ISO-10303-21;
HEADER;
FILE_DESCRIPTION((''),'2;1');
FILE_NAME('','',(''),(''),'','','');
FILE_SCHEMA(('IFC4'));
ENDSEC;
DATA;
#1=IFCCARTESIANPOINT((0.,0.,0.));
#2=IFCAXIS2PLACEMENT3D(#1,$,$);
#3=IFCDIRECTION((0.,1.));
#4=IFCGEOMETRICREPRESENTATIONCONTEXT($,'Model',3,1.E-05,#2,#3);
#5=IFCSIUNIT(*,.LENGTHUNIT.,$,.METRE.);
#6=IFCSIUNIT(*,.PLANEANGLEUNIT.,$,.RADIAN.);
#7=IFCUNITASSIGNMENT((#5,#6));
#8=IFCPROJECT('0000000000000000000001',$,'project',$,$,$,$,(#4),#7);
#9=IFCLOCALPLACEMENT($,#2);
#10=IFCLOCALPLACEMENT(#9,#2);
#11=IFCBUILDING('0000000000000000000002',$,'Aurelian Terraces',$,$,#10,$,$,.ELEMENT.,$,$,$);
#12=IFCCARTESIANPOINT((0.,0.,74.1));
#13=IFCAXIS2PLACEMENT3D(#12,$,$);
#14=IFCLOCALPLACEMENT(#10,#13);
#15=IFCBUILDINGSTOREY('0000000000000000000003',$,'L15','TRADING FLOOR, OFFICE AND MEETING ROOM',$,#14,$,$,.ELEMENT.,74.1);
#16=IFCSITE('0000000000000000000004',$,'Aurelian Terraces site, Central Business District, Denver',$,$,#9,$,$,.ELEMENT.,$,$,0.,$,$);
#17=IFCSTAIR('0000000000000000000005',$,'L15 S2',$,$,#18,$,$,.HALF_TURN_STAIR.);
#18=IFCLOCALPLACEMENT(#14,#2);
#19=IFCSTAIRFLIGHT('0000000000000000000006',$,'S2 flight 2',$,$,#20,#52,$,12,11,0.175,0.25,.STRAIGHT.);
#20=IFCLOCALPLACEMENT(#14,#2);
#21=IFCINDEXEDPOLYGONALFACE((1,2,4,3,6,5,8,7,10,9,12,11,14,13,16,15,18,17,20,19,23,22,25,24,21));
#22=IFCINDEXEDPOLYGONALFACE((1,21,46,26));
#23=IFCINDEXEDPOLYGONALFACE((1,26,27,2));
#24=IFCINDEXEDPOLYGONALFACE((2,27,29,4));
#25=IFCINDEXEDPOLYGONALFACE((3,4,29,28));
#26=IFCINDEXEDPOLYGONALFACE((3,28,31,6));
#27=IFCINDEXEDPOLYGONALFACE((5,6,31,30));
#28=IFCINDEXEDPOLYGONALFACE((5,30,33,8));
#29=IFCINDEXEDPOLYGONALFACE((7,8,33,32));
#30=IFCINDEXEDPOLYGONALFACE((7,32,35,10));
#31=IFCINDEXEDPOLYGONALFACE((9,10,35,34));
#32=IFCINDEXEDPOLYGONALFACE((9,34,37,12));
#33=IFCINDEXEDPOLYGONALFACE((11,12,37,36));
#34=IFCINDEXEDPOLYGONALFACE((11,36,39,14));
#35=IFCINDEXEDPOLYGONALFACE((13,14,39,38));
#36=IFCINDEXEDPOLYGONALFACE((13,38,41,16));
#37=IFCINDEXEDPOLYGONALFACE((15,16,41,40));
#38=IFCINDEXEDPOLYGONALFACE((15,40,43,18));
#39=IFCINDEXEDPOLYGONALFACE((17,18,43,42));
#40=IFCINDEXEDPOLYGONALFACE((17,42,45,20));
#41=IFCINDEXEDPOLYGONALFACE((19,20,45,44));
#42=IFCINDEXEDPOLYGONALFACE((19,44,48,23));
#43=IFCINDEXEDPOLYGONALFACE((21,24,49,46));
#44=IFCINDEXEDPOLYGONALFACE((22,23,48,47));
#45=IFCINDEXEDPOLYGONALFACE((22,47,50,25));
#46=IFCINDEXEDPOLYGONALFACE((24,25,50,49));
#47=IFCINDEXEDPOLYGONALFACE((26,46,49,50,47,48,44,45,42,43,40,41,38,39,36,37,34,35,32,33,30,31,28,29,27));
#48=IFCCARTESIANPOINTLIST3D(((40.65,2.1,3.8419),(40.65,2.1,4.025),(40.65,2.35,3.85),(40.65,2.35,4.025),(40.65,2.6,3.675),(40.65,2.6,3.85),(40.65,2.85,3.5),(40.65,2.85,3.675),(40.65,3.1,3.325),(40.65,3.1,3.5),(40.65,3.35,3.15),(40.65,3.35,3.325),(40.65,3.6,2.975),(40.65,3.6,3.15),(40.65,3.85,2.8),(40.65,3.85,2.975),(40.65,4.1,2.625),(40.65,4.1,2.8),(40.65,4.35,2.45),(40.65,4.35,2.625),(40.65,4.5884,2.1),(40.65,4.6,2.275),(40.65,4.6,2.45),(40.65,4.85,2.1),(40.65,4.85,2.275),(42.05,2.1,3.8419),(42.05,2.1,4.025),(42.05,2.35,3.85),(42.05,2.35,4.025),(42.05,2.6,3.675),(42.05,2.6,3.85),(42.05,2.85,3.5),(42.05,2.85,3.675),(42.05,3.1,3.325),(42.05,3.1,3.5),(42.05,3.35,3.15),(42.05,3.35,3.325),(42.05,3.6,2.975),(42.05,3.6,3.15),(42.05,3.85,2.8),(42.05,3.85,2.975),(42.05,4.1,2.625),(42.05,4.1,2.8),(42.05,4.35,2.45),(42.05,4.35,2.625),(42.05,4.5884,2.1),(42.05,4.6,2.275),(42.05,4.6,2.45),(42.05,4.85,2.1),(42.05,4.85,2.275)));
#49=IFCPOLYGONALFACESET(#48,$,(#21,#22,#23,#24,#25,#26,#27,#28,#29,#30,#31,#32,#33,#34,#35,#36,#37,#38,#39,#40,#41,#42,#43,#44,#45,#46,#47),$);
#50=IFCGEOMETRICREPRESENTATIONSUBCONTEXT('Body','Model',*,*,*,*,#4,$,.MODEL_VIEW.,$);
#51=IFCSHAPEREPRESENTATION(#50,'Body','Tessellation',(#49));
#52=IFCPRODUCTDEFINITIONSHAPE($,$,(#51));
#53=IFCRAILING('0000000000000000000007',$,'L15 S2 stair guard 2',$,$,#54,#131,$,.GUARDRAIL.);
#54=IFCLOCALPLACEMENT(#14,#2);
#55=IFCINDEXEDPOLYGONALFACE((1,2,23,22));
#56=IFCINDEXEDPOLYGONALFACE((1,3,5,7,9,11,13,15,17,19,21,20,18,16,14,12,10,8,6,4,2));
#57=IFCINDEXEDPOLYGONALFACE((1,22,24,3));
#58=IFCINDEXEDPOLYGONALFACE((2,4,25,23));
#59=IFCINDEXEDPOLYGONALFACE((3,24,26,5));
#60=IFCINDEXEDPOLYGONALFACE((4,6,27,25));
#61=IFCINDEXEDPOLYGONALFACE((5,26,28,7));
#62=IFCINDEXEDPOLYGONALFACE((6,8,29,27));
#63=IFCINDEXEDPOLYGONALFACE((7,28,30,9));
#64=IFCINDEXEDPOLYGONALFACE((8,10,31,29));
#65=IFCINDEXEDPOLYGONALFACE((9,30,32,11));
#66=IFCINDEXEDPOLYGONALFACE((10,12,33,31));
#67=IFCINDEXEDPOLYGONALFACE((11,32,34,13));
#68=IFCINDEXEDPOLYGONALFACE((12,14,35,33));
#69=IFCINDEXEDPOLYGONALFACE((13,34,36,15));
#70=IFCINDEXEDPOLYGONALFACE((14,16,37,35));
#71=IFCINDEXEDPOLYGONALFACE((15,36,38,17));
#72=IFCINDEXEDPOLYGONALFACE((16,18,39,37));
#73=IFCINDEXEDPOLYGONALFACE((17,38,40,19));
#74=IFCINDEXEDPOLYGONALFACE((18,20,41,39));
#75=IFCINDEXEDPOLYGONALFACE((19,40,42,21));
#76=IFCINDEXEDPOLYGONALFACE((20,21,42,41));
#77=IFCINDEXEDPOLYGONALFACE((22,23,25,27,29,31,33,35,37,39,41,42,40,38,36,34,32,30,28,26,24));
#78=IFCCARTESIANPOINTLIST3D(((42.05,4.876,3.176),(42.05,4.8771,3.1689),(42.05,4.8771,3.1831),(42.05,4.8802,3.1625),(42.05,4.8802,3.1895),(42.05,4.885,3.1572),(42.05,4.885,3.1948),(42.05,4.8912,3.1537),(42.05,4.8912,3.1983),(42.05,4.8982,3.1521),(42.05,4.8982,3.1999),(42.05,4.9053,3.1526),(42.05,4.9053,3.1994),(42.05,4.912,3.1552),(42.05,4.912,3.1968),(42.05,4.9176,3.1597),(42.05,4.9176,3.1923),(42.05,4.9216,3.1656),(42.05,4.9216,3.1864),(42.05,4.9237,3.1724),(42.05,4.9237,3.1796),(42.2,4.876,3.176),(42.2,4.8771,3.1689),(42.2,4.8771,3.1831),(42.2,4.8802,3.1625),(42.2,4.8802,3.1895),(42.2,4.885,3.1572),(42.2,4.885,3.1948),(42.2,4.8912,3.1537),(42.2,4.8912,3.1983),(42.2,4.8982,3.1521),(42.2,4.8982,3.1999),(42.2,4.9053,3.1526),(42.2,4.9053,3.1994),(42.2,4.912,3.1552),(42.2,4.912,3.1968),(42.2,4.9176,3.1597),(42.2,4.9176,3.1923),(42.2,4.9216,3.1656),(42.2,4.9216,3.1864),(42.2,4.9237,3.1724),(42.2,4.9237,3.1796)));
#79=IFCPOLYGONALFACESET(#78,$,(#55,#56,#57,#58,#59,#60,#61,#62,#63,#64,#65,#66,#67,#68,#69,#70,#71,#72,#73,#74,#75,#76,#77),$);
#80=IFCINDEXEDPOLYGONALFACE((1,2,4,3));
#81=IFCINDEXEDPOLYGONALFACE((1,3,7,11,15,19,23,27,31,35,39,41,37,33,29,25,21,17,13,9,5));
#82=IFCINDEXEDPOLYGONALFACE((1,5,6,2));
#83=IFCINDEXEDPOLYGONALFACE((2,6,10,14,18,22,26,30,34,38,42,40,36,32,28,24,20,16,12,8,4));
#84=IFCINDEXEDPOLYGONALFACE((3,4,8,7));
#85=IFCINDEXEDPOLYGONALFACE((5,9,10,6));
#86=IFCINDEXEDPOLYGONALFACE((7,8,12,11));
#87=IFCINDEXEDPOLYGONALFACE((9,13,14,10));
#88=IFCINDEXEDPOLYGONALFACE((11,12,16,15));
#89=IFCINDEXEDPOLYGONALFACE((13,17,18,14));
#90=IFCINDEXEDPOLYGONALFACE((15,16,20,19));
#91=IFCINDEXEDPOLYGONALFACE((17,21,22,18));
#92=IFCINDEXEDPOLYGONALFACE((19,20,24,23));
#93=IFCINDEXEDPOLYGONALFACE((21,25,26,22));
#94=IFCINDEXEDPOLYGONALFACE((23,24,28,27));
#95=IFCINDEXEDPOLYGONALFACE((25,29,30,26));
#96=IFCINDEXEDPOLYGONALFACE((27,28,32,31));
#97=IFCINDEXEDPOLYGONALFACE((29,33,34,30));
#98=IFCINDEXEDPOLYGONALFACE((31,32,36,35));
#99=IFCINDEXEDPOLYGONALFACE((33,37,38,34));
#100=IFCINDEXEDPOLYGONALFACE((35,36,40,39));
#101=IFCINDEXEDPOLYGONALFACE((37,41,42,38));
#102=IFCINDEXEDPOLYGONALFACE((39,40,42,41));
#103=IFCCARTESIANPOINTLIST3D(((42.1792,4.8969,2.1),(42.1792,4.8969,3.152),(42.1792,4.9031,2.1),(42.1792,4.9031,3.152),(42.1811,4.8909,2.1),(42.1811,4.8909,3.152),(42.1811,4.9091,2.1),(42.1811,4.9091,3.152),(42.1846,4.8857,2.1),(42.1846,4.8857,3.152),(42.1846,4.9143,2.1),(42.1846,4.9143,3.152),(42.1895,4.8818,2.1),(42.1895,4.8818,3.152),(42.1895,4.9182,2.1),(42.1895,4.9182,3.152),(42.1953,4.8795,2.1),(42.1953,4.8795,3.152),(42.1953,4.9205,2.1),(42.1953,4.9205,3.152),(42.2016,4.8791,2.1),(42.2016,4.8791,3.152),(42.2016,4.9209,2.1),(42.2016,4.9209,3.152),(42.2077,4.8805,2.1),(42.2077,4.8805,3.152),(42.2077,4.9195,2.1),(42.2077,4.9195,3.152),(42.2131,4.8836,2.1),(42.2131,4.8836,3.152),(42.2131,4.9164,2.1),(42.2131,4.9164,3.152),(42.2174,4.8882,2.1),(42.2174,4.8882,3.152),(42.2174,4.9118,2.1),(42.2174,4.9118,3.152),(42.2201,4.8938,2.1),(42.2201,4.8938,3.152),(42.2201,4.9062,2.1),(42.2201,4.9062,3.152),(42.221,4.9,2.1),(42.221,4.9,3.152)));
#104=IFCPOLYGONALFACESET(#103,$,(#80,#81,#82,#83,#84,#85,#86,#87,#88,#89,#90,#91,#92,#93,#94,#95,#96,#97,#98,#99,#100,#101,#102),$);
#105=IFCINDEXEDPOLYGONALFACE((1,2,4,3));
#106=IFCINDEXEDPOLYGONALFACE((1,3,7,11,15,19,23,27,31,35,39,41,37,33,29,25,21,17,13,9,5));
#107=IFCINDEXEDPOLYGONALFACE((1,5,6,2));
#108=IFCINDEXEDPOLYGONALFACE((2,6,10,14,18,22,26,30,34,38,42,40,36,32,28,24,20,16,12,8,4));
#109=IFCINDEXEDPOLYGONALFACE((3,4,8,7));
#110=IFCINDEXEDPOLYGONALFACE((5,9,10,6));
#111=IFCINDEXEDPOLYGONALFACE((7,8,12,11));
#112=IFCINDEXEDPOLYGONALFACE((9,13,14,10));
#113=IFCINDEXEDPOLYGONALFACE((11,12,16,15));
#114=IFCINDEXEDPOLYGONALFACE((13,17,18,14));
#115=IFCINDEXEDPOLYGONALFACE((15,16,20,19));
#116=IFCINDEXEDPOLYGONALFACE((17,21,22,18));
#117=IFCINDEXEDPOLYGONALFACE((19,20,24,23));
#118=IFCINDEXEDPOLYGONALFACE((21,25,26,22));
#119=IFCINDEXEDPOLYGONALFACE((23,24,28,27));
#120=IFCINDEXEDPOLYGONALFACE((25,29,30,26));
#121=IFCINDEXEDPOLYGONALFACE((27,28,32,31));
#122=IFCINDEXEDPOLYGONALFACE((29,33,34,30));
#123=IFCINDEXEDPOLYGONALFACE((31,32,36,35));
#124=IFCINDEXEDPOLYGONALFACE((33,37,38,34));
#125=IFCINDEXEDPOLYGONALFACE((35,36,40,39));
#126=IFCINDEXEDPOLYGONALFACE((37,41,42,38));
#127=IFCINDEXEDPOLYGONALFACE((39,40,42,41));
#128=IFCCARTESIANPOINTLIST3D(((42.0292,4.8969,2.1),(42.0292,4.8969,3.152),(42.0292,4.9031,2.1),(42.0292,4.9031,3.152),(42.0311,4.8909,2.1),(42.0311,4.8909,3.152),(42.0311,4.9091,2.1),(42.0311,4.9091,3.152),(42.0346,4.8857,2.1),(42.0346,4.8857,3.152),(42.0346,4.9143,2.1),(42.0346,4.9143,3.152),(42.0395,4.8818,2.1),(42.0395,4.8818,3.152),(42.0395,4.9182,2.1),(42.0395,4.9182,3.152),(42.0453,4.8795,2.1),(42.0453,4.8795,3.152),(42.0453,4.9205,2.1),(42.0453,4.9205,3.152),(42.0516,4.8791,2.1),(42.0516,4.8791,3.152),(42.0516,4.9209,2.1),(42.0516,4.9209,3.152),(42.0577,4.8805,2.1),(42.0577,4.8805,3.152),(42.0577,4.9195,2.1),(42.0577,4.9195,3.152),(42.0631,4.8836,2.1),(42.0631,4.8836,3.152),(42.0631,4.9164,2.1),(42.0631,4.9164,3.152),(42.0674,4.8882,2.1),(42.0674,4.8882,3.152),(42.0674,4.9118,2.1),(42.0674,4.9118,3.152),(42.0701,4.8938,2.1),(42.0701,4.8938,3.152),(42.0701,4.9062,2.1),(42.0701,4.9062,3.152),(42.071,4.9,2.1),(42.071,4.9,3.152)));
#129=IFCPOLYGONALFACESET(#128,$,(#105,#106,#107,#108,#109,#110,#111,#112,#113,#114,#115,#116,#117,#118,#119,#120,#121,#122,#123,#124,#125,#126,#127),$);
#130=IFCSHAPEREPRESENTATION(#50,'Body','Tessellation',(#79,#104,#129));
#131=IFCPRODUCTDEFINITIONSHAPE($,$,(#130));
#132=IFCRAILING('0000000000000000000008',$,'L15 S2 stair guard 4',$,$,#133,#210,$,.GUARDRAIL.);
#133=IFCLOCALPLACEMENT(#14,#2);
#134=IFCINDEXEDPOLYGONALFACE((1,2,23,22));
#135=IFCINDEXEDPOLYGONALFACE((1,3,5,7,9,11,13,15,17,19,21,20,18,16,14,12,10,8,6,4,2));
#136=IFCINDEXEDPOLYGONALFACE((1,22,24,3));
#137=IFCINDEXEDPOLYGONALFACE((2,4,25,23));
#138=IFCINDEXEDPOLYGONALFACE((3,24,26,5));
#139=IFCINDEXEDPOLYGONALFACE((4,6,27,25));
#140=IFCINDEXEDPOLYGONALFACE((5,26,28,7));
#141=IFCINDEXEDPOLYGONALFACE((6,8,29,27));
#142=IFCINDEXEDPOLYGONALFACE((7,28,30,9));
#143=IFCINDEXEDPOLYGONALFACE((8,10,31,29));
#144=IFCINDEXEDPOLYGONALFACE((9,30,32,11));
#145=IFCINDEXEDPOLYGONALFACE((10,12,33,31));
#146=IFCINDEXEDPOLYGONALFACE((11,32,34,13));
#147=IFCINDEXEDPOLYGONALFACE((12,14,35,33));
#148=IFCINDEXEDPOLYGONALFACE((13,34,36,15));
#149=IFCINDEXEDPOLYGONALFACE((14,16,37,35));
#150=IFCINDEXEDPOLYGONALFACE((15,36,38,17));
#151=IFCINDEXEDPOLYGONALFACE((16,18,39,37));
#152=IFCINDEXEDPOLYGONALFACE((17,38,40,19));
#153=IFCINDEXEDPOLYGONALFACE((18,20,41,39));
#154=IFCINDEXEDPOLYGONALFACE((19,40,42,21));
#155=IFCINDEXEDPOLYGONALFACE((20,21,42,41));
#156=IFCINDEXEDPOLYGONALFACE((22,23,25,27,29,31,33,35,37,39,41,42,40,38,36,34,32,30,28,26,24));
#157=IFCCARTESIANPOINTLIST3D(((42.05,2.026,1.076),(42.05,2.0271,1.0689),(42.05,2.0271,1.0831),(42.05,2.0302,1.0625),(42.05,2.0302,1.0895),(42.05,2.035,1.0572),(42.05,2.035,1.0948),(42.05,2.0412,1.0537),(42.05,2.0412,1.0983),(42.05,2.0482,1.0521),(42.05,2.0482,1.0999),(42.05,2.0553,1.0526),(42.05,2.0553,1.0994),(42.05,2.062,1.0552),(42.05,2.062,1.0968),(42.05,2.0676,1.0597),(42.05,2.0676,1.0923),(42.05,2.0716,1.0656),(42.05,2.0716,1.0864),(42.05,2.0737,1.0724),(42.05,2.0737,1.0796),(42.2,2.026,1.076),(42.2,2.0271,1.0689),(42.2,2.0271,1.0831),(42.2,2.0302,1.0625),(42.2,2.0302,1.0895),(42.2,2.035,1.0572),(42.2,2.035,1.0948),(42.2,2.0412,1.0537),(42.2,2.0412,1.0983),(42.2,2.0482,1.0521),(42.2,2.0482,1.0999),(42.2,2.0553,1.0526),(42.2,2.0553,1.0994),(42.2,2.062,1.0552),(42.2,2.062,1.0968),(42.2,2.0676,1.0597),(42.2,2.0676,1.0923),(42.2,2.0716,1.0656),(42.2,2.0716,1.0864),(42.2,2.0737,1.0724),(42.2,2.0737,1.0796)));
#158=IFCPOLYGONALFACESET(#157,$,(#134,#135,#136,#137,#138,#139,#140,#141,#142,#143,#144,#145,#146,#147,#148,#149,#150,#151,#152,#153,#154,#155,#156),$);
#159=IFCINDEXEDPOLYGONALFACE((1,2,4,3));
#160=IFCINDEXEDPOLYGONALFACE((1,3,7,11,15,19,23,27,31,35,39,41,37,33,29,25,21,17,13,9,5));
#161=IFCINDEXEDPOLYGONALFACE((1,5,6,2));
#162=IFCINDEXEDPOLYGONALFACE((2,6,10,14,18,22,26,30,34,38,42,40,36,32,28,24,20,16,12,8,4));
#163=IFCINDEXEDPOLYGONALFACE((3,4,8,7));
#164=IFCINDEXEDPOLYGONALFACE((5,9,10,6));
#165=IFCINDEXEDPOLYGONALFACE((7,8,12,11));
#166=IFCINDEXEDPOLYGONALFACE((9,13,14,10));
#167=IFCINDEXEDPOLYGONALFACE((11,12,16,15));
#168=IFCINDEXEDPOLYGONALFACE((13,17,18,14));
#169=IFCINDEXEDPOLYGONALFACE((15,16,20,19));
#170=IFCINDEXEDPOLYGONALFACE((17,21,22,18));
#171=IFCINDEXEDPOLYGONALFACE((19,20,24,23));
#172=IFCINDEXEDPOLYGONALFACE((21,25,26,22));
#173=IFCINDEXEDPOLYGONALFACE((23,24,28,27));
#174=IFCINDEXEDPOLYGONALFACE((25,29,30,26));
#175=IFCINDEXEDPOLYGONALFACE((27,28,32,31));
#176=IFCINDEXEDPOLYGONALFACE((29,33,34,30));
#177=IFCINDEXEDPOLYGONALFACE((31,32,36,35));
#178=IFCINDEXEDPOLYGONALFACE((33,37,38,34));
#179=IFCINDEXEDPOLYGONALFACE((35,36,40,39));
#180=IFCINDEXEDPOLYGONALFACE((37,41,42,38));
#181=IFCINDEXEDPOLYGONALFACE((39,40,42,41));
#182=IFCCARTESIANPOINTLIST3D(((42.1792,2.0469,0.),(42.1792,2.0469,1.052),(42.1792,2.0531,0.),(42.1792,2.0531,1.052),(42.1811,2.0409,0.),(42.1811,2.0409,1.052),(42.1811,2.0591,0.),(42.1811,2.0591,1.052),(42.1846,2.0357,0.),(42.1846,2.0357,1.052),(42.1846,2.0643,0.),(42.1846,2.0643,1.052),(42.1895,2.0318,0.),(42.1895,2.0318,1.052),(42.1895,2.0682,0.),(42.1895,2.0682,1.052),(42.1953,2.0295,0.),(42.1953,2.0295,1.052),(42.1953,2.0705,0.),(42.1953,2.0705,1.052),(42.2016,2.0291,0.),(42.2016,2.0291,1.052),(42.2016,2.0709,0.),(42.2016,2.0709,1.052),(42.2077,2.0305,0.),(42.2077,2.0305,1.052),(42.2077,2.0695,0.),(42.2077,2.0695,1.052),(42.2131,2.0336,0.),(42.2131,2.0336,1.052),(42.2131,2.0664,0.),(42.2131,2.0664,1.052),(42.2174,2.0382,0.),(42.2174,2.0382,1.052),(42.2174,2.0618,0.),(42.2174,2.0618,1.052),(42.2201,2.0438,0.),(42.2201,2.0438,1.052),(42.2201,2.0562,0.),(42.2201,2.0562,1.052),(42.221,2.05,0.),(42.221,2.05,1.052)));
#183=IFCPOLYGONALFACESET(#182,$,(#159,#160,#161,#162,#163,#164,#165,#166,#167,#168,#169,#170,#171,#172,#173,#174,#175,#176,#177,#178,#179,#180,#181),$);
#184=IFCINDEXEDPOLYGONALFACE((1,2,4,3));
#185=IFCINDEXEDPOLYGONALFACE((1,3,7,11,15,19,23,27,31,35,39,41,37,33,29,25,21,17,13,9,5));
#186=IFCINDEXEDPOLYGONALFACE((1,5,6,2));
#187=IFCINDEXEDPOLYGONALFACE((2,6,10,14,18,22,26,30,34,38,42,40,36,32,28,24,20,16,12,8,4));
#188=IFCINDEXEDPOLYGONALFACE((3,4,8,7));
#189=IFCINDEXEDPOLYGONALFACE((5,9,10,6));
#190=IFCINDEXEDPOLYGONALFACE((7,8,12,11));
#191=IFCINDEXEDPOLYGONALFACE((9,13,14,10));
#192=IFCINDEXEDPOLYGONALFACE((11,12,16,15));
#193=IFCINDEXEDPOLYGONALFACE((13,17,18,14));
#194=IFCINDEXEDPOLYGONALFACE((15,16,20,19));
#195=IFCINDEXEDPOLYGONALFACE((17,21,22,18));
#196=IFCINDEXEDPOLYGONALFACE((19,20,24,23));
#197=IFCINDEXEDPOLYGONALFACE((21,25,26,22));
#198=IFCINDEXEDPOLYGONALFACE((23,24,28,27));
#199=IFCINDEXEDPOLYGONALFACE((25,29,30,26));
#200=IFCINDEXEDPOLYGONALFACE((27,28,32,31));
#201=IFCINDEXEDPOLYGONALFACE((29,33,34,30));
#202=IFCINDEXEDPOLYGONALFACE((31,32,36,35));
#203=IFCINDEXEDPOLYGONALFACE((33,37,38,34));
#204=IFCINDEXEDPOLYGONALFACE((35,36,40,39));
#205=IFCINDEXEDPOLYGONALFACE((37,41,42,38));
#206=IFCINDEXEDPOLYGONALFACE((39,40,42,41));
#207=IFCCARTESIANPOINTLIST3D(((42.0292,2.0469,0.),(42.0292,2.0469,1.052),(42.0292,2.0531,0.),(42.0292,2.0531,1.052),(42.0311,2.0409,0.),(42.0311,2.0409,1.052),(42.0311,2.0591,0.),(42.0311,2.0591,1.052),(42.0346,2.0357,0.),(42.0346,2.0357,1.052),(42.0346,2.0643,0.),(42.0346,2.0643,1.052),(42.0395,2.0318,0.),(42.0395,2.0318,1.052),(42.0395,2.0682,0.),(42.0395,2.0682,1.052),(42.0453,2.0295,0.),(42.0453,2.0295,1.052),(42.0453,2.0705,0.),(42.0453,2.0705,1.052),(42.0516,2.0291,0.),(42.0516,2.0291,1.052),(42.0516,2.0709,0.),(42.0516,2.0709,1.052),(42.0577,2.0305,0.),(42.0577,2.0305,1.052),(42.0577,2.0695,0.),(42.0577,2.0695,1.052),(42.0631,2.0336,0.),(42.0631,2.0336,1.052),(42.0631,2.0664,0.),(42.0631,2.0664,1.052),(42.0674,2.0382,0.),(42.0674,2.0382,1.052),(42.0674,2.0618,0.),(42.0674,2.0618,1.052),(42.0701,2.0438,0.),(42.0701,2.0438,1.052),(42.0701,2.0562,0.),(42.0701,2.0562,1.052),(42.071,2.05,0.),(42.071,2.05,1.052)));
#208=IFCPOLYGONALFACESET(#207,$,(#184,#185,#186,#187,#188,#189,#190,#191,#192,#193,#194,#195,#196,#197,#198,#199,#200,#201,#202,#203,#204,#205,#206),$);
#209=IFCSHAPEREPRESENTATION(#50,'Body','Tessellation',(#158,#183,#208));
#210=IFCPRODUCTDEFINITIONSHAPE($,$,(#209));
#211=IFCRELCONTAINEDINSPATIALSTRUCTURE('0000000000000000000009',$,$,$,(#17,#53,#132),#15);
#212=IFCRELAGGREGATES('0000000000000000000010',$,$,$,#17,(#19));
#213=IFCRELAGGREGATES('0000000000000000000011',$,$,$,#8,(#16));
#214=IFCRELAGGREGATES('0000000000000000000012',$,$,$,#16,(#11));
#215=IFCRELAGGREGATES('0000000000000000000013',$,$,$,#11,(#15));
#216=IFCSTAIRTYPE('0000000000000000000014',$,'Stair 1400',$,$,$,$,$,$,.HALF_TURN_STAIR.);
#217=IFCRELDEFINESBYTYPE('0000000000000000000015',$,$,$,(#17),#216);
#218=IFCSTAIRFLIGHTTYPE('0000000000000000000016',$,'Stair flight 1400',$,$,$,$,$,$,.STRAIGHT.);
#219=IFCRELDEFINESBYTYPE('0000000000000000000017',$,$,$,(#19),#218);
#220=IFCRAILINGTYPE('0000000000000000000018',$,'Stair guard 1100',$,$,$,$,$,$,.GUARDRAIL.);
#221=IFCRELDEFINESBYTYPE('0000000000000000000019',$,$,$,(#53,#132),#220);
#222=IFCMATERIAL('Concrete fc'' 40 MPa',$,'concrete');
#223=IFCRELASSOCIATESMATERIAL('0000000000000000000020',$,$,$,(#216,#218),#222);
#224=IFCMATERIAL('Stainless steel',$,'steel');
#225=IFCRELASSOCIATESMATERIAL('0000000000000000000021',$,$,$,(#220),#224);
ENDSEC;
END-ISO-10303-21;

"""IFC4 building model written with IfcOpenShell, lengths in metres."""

from ifc_helpers import new_model, si_unit, direction, frame, origin, origin_2d, place, context, subcontext, project, spatial, polyline, circle, outline, extrude, source, transform, mapped, material, type_object, element, aggregate, save


model = new_model("IFC4")

# Units and contexts
model_context = context("Model", 3, precision=1e-05, world=origin(), true_north=direction((0.0, 1.0)))
body_context = subcontext(model_context, "Body", "Model", "MODEL_VIEW")
ifc_project = project(units=[si_unit("LENGTHUNIT", "METRE"), si_unit("PLANEANGLEUNIT", "RADIAN")], contexts=[model_context])

# Site, building, storey
site_placement = place(None, origin())
site = spatial("IfcSite", under=ifc_project, at=site_placement, Name="Aurelian Terraces site, Central Business District, Denver", CompositionType="ELEMENT", RefElevation=0.0)
building_placement = place(site_placement, origin())
building = spatial("IfcBuilding", under=site, at=building_placement, Name="Aurelian Terraces", CompositionType="ELEMENT")
storey_placement = place(building_placement, frame((0.0, 0.0, 74.1)))
storey = spatial("IfcBuildingStorey", under=building, at=storey_placement, Name="L15", Description="TRADING FLOOR, OFFICE AND MEETING ROOM", CompositionType="ELEMENT", Elevation=74.1)

# Shared definitions
ifc_material_1 = material(Name="Concrete fc' 40 MPa", Category="concrete")

# Stair, stair flight
stair_type = type_object("IfcStairType", Name="Stair 1400", PredefinedType="HALF_TURN_STAIR", material=ifc_material_1)
stair_placement = place(storey_placement, origin())
stair = element("IfcStair", 1, at=stair_placement, inside=storey, type_object=stair_type, Name="L15 S2", PredefinedType="HALF_TURN_STAIR")
stair_flight_type = type_object("IfcStairFlightType", Name="Stair flight 1400", PredefinedType="STRAIGHT", material=ifc_material_1)
shared_shape_1 = source(origin(), body_context, "Body", "SweptSolid", [
    extrude(outline(polyline([(0.0, 0.0), (0.0, 0.175), (0.25, 0.175), (0.25, 0.35), (0.5, 0.35), (0.5, 0.525), (0.75, 0.525), (0.75, 0.7), (1.0, 0.7), (1.0, 0.875), (1.25, 0.875), (1.25, 1.05), (1.5, 1.05), (1.5, 1.225), (1.75, 1.225), (1.75, 1.4), (2.0, 1.4), (2.0, 1.575), (2.25, 1.575), (2.25, 1.75), (2.5, 1.75), (2.5, 1.925), (2.75, 1.925), (2.75, 2.1), (2.75, 1.7419), (0.2616, 0.0), (0.0, 0.0)])), frame((0.0, 0.7, 0.0), z_axis=(0.0, -1.0, 0.0), x_axis=(1.0, 0.0, 0.0)), (0.0, 0.0, 1.0), 1.4),
])
stair_flight_placement = place(storey_placement, frame((41.35, 4.85, 2.1), z_axis=(0.0, 0.0, 1.0), x_axis=(0.0, -1.0, 0.0)))
stair_flight = element("IfcStairFlight", 2, at=stair_flight_placement, type_object=stair_flight_type, Name="S2 flight 2", NumberOfRisers=12, NumberOfTreads=11, PredefinedType="STRAIGHT", RiserHeight=0.175, TreadLength=0.25, context=body_context, shape_type="MappedRepresentation", body=[
    mapped(shared_shape_1, transform((0.0, 0.0, 0.0), scale=1.0)),
])
aggregate(stair, [stair_flight])

# Railings
ifc_material_2 = material(Name="Stainless steel", Category="steel")
railing_type_1 = type_object("IfcRailingType", Name="Stair guard 1100", PredefinedType="GUARDRAIL", material=ifc_material_2)
shared_shape_2 = source(origin(), body_context, "Body", "SweptSolid", [
    extrude(circle(Radius=0.024, at=origin_2d()), frame((0.0, 0.0, 1.076), z_axis=(-1.0, 0.0, 0.0), x_axis=(0.0, -1.0, 0.0)), (0.0, 0.0, 1.0), 0.15),
    extrude(circle(Radius=0.021, at=origin_2d()), origin(), (0.0, 0.0, 1.0), 1.052),
    extrude(circle(Radius=0.021, at=origin_2d()), frame((-0.15, 0.0, 0.0)), (0.0, 0.0, 1.0), 1.052),
])
for number, where, name in (
    (3, (42.2, 4.9, 2.1), "L15 S2 stair guard 2"),
    (4, (42.2, 2.05, 0.0), "L15 S2 stair guard 4"),
):
    element("IfcRailing", number, at=place(storey_placement, frame(where)), inside=storey, type_object=railing_type_1, Name=name, PredefinedType="GUARDRAIL", context=body_context, shape_type="MappedRepresentation", body=[
        mapped(shared_shape_2, transform((0.0, 0.0, 0.0), scale=1.0)),
    ])

save(model, "model.ifc")
